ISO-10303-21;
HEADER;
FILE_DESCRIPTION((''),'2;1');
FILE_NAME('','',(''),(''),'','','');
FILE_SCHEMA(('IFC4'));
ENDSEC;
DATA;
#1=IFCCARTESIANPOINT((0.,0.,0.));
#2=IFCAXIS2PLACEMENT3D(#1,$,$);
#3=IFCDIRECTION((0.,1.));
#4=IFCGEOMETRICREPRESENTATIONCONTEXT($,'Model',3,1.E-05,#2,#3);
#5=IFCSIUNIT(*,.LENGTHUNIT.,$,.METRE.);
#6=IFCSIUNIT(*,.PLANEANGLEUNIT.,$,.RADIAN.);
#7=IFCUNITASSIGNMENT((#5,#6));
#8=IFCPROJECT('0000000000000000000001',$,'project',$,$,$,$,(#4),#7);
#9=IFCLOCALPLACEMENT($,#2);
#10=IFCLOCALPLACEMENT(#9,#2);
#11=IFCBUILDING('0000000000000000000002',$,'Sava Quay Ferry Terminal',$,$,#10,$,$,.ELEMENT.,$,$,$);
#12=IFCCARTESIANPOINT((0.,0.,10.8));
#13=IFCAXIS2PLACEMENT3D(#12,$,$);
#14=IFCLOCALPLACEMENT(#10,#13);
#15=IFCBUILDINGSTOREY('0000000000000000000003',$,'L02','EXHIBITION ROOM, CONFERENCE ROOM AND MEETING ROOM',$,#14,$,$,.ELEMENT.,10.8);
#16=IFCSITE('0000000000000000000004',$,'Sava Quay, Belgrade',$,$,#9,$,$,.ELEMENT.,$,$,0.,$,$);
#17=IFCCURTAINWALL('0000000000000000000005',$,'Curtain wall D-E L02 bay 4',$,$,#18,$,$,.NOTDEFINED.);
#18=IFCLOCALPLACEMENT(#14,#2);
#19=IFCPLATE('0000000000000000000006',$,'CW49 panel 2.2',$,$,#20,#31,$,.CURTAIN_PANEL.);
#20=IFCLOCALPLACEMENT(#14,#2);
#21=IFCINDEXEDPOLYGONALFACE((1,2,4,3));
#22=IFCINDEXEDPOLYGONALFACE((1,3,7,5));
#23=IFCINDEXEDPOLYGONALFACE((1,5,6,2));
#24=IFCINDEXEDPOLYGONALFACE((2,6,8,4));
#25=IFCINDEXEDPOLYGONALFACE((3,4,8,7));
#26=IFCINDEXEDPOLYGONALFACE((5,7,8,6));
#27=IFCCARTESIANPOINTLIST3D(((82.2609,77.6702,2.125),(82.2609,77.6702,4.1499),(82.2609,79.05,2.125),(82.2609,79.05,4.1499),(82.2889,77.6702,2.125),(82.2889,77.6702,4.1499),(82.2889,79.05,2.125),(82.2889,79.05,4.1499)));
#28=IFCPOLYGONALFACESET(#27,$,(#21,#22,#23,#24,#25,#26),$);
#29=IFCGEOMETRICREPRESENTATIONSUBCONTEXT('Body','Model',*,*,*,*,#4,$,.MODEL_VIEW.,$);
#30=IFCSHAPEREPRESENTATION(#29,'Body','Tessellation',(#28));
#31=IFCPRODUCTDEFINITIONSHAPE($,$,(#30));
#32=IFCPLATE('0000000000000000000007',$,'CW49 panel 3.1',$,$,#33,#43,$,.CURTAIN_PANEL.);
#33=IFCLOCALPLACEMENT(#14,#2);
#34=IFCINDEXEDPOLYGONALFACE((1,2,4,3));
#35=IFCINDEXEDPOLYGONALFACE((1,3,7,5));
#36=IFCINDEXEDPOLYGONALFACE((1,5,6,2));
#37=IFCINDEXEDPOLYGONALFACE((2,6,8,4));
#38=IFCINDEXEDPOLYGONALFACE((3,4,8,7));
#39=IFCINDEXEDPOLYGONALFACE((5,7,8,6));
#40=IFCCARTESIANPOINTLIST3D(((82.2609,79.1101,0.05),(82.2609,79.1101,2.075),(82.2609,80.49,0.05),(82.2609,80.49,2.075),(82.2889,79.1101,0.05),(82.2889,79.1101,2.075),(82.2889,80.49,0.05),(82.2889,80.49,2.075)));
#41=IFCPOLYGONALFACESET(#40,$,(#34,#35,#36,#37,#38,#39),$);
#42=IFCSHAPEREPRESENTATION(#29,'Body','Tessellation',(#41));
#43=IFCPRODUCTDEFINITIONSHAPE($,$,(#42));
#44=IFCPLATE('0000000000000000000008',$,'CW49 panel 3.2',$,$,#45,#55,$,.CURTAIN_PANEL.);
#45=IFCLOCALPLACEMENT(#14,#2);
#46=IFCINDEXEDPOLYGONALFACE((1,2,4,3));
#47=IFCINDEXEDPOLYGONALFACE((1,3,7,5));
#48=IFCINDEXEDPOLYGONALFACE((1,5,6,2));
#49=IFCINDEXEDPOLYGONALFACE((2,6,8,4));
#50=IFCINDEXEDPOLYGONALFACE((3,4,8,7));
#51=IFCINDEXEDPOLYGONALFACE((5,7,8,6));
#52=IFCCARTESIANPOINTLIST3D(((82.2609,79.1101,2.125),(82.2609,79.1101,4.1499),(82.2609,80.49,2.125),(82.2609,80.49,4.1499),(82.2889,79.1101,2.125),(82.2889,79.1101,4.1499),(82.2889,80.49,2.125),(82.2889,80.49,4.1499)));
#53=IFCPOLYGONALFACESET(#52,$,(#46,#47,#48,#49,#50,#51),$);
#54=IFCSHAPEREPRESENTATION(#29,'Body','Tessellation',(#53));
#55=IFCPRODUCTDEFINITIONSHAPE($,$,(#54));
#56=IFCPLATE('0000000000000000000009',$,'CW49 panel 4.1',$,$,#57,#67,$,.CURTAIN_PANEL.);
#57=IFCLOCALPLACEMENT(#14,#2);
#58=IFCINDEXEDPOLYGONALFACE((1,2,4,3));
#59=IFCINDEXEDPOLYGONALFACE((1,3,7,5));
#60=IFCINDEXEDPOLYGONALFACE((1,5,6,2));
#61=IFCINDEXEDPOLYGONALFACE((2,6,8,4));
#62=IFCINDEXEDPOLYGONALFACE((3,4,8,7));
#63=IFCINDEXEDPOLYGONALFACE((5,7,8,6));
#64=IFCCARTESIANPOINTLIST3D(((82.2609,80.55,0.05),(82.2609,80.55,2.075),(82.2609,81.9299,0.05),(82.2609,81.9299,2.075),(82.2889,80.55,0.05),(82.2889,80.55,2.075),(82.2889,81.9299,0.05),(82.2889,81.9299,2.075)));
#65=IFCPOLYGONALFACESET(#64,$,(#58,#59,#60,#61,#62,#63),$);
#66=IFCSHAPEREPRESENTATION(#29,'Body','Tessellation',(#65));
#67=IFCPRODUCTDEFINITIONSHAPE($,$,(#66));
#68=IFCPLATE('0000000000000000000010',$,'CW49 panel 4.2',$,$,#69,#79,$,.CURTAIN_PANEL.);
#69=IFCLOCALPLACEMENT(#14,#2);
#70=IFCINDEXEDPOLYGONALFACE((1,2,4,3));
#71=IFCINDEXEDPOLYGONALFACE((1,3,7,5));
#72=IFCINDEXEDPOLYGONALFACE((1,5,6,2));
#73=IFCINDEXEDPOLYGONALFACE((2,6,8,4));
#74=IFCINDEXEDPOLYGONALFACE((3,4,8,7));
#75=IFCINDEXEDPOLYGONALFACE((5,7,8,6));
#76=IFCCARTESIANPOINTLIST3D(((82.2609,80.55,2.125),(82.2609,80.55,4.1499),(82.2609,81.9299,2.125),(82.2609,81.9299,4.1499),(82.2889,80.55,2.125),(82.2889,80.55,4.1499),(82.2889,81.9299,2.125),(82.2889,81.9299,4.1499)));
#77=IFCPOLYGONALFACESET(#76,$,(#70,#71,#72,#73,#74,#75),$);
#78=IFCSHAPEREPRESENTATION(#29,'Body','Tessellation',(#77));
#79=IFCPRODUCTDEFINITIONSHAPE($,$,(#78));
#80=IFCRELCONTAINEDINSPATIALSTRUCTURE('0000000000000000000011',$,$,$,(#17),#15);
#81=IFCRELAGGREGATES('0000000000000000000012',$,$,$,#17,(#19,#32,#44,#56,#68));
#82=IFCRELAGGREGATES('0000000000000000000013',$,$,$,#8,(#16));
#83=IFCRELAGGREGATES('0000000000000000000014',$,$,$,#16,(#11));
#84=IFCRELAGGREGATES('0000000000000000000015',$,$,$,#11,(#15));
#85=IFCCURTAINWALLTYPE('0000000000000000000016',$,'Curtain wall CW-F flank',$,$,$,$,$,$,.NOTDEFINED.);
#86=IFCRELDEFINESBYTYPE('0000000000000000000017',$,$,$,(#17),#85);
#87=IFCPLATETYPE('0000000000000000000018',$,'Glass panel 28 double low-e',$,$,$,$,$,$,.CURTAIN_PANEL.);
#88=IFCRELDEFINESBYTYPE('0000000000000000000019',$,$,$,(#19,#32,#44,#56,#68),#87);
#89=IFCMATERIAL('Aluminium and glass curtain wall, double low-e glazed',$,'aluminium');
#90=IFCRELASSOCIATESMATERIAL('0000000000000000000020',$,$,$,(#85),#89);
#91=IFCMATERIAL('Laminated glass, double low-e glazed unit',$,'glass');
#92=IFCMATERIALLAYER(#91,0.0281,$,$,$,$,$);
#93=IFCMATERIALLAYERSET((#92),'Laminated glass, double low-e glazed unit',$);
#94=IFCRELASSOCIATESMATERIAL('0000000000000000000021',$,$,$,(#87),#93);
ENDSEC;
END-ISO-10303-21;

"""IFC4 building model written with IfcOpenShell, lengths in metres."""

from ifc_helpers import new_model, si_unit, direction, frame, origin, origin_2d, place, context, subcontext, project, spatial, rectangle, extrude, material, layer, layer_set, type_object, element, aggregate, save


model = new_model("IFC4")

# Units and contexts
model_context = context("Model", 3, precision=1e-05, world=origin(), true_north=direction((0.0, 1.0)))
body_context = subcontext(model_context, "Body", "Model", "MODEL_VIEW")
ifc_project = project(units=[si_unit("LENGTHUNIT", "METRE"), si_unit("PLANEANGLEUNIT", "RADIAN")], contexts=[model_context])

# Site, building, storey
site_placement = place(None, origin())
site = spatial("IfcSite", under=ifc_project, at=site_placement, Name="Sava Quay, Belgrade", CompositionType="ELEMENT", RefElevation=0.0)
building_placement = place(site_placement, origin())
building = spatial("IfcBuilding", under=site, at=building_placement, Name="Sava Quay Ferry Terminal", CompositionType="ELEMENT")
storey_placement = place(building_placement, frame((0.0, 0.0, 10.8)))
storey = spatial("IfcBuildingStorey", under=building, at=storey_placement, Name="L02", Description="EXHIBITION ROOM, CONFERENCE ROOM AND MEETING ROOM", CompositionType="ELEMENT", Elevation=10.8)

# Curtain wall, plates
ifc_material_1 = material(Name="Aluminium and glass curtain wall, double low-e glazed", Category="aluminium")
curtain_wall_type = type_object("IfcCurtainWallType", Name="Curtain wall CW-F flank", PredefinedType="NOTDEFINED", material=ifc_material_1)
curtain_wall_placement = place(storey_placement, origin())
curtain_wall = element("IfcCurtainWall", 1, at=curtain_wall_placement, inside=storey, type_object=curtain_wall_type, Name="Curtain wall D-E L02 bay 4", PredefinedType="NOTDEFINED")
ifc_material_2 = material(Name="Laminated glass, double low-e glazed unit", Category="glass")
ifc_layer = layer(ifc_material_2, 0.0281)
ifc_layer_set = layer_set([ifc_layer], Name="Laminated glass, double low-e glazed unit")
plate_type = type_object("IfcPlateType", Name="Glass panel 28 double low-e", PredefinedType="CURTAIN_PANEL", material=ifc_layer_set)
plate_1_placement = place(storey_placement, frame((82.2749, 78.3601, 2.125), z_axis=(0.0, 0.0, 1.0), x_axis=(0.0, 1.0, 0.0)))
plate_1 = element("IfcPlate", 2, at=plate_1_placement, type_object=plate_type, Name="CW49 panel 2.2", PredefinedType="CURTAIN_PANEL", context=body_context, shape_type="SweptSolid", body=[
    extrude(rectangle(XDim=1.3799, YDim=0.0281, at=origin_2d()), origin(), (0.0, 0.0, 1.0), 2.0249),
])
plate_2_placement = place(storey_placement, frame((82.2749, 79.8, 0.05), z_axis=(0.0, 0.0, 1.0), x_axis=(0.0, 1.0, 0.0)))
plate_2 = element("IfcPlate", 3, at=plate_2_placement, type_object=plate_type, Name="CW49 panel 3.1", PredefinedType="CURTAIN_PANEL", context=body_context, shape_type="SweptSolid", body=[
    extrude(rectangle(XDim=1.3799, YDim=0.0281, at=origin_2d()), origin(), (0.0, 0.0, 1.0), 2.0249),
])
plate_3_placement = place(storey_placement, frame((82.2749, 79.8, 2.125), z_axis=(0.0, 0.0, 1.0), x_axis=(0.0, 1.0, 0.0)))
plate_3 = element("IfcPlate", 4, at=plate_3_placement, type_object=plate_type, Name="CW49 panel 3.2", PredefinedType="CURTAIN_PANEL", context=body_context, shape_type="SweptSolid", body=[
    extrude(rectangle(XDim=1.3799, YDim=0.0281, at=origin_2d()), origin(), (0.0, 0.0, 1.0), 2.0249),
])
plate_4_placement = place(storey_placement, frame((82.2749, 81.24, 0.05), z_axis=(0.0, 0.0, 1.0), x_axis=(0.0, 1.0, 0.0)))
plate_4 = element("IfcPlate", 5, at=plate_4_placement, type_object=plate_type, Name="CW49 panel 4.1", PredefinedType="CURTAIN_PANEL", context=body_context, shape_type="SweptSolid", body=[
    extrude(rectangle(XDim=1.3799, YDim=0.0281, at=origin_2d()), origin(), (0.0, 0.0, 1.0), 2.0249),
])
plate_5_placement = place(storey_placement, frame((82.2749, 81.24, 2.125), z_axis=(0.0, 0.0, 1.0), x_axis=(0.0, 1.0, 0.0)))
plate_5 = element("IfcPlate", 6, at=plate_5_placement, type_object=plate_type, Name="CW49 panel 4.2", PredefinedType="CURTAIN_PANEL", context=body_context, shape_type="SweptSolid", body=[
    extrude(rectangle(XDim=1.3799, YDim=0.0281, at=origin_2d()), origin(), (0.0, 0.0, 1.0), 2.0249),
])
aggregate(curtain_wall, [plate_1, plate_2, plate_3, plate_4, plate_5])

save(model, "model.ifc")
